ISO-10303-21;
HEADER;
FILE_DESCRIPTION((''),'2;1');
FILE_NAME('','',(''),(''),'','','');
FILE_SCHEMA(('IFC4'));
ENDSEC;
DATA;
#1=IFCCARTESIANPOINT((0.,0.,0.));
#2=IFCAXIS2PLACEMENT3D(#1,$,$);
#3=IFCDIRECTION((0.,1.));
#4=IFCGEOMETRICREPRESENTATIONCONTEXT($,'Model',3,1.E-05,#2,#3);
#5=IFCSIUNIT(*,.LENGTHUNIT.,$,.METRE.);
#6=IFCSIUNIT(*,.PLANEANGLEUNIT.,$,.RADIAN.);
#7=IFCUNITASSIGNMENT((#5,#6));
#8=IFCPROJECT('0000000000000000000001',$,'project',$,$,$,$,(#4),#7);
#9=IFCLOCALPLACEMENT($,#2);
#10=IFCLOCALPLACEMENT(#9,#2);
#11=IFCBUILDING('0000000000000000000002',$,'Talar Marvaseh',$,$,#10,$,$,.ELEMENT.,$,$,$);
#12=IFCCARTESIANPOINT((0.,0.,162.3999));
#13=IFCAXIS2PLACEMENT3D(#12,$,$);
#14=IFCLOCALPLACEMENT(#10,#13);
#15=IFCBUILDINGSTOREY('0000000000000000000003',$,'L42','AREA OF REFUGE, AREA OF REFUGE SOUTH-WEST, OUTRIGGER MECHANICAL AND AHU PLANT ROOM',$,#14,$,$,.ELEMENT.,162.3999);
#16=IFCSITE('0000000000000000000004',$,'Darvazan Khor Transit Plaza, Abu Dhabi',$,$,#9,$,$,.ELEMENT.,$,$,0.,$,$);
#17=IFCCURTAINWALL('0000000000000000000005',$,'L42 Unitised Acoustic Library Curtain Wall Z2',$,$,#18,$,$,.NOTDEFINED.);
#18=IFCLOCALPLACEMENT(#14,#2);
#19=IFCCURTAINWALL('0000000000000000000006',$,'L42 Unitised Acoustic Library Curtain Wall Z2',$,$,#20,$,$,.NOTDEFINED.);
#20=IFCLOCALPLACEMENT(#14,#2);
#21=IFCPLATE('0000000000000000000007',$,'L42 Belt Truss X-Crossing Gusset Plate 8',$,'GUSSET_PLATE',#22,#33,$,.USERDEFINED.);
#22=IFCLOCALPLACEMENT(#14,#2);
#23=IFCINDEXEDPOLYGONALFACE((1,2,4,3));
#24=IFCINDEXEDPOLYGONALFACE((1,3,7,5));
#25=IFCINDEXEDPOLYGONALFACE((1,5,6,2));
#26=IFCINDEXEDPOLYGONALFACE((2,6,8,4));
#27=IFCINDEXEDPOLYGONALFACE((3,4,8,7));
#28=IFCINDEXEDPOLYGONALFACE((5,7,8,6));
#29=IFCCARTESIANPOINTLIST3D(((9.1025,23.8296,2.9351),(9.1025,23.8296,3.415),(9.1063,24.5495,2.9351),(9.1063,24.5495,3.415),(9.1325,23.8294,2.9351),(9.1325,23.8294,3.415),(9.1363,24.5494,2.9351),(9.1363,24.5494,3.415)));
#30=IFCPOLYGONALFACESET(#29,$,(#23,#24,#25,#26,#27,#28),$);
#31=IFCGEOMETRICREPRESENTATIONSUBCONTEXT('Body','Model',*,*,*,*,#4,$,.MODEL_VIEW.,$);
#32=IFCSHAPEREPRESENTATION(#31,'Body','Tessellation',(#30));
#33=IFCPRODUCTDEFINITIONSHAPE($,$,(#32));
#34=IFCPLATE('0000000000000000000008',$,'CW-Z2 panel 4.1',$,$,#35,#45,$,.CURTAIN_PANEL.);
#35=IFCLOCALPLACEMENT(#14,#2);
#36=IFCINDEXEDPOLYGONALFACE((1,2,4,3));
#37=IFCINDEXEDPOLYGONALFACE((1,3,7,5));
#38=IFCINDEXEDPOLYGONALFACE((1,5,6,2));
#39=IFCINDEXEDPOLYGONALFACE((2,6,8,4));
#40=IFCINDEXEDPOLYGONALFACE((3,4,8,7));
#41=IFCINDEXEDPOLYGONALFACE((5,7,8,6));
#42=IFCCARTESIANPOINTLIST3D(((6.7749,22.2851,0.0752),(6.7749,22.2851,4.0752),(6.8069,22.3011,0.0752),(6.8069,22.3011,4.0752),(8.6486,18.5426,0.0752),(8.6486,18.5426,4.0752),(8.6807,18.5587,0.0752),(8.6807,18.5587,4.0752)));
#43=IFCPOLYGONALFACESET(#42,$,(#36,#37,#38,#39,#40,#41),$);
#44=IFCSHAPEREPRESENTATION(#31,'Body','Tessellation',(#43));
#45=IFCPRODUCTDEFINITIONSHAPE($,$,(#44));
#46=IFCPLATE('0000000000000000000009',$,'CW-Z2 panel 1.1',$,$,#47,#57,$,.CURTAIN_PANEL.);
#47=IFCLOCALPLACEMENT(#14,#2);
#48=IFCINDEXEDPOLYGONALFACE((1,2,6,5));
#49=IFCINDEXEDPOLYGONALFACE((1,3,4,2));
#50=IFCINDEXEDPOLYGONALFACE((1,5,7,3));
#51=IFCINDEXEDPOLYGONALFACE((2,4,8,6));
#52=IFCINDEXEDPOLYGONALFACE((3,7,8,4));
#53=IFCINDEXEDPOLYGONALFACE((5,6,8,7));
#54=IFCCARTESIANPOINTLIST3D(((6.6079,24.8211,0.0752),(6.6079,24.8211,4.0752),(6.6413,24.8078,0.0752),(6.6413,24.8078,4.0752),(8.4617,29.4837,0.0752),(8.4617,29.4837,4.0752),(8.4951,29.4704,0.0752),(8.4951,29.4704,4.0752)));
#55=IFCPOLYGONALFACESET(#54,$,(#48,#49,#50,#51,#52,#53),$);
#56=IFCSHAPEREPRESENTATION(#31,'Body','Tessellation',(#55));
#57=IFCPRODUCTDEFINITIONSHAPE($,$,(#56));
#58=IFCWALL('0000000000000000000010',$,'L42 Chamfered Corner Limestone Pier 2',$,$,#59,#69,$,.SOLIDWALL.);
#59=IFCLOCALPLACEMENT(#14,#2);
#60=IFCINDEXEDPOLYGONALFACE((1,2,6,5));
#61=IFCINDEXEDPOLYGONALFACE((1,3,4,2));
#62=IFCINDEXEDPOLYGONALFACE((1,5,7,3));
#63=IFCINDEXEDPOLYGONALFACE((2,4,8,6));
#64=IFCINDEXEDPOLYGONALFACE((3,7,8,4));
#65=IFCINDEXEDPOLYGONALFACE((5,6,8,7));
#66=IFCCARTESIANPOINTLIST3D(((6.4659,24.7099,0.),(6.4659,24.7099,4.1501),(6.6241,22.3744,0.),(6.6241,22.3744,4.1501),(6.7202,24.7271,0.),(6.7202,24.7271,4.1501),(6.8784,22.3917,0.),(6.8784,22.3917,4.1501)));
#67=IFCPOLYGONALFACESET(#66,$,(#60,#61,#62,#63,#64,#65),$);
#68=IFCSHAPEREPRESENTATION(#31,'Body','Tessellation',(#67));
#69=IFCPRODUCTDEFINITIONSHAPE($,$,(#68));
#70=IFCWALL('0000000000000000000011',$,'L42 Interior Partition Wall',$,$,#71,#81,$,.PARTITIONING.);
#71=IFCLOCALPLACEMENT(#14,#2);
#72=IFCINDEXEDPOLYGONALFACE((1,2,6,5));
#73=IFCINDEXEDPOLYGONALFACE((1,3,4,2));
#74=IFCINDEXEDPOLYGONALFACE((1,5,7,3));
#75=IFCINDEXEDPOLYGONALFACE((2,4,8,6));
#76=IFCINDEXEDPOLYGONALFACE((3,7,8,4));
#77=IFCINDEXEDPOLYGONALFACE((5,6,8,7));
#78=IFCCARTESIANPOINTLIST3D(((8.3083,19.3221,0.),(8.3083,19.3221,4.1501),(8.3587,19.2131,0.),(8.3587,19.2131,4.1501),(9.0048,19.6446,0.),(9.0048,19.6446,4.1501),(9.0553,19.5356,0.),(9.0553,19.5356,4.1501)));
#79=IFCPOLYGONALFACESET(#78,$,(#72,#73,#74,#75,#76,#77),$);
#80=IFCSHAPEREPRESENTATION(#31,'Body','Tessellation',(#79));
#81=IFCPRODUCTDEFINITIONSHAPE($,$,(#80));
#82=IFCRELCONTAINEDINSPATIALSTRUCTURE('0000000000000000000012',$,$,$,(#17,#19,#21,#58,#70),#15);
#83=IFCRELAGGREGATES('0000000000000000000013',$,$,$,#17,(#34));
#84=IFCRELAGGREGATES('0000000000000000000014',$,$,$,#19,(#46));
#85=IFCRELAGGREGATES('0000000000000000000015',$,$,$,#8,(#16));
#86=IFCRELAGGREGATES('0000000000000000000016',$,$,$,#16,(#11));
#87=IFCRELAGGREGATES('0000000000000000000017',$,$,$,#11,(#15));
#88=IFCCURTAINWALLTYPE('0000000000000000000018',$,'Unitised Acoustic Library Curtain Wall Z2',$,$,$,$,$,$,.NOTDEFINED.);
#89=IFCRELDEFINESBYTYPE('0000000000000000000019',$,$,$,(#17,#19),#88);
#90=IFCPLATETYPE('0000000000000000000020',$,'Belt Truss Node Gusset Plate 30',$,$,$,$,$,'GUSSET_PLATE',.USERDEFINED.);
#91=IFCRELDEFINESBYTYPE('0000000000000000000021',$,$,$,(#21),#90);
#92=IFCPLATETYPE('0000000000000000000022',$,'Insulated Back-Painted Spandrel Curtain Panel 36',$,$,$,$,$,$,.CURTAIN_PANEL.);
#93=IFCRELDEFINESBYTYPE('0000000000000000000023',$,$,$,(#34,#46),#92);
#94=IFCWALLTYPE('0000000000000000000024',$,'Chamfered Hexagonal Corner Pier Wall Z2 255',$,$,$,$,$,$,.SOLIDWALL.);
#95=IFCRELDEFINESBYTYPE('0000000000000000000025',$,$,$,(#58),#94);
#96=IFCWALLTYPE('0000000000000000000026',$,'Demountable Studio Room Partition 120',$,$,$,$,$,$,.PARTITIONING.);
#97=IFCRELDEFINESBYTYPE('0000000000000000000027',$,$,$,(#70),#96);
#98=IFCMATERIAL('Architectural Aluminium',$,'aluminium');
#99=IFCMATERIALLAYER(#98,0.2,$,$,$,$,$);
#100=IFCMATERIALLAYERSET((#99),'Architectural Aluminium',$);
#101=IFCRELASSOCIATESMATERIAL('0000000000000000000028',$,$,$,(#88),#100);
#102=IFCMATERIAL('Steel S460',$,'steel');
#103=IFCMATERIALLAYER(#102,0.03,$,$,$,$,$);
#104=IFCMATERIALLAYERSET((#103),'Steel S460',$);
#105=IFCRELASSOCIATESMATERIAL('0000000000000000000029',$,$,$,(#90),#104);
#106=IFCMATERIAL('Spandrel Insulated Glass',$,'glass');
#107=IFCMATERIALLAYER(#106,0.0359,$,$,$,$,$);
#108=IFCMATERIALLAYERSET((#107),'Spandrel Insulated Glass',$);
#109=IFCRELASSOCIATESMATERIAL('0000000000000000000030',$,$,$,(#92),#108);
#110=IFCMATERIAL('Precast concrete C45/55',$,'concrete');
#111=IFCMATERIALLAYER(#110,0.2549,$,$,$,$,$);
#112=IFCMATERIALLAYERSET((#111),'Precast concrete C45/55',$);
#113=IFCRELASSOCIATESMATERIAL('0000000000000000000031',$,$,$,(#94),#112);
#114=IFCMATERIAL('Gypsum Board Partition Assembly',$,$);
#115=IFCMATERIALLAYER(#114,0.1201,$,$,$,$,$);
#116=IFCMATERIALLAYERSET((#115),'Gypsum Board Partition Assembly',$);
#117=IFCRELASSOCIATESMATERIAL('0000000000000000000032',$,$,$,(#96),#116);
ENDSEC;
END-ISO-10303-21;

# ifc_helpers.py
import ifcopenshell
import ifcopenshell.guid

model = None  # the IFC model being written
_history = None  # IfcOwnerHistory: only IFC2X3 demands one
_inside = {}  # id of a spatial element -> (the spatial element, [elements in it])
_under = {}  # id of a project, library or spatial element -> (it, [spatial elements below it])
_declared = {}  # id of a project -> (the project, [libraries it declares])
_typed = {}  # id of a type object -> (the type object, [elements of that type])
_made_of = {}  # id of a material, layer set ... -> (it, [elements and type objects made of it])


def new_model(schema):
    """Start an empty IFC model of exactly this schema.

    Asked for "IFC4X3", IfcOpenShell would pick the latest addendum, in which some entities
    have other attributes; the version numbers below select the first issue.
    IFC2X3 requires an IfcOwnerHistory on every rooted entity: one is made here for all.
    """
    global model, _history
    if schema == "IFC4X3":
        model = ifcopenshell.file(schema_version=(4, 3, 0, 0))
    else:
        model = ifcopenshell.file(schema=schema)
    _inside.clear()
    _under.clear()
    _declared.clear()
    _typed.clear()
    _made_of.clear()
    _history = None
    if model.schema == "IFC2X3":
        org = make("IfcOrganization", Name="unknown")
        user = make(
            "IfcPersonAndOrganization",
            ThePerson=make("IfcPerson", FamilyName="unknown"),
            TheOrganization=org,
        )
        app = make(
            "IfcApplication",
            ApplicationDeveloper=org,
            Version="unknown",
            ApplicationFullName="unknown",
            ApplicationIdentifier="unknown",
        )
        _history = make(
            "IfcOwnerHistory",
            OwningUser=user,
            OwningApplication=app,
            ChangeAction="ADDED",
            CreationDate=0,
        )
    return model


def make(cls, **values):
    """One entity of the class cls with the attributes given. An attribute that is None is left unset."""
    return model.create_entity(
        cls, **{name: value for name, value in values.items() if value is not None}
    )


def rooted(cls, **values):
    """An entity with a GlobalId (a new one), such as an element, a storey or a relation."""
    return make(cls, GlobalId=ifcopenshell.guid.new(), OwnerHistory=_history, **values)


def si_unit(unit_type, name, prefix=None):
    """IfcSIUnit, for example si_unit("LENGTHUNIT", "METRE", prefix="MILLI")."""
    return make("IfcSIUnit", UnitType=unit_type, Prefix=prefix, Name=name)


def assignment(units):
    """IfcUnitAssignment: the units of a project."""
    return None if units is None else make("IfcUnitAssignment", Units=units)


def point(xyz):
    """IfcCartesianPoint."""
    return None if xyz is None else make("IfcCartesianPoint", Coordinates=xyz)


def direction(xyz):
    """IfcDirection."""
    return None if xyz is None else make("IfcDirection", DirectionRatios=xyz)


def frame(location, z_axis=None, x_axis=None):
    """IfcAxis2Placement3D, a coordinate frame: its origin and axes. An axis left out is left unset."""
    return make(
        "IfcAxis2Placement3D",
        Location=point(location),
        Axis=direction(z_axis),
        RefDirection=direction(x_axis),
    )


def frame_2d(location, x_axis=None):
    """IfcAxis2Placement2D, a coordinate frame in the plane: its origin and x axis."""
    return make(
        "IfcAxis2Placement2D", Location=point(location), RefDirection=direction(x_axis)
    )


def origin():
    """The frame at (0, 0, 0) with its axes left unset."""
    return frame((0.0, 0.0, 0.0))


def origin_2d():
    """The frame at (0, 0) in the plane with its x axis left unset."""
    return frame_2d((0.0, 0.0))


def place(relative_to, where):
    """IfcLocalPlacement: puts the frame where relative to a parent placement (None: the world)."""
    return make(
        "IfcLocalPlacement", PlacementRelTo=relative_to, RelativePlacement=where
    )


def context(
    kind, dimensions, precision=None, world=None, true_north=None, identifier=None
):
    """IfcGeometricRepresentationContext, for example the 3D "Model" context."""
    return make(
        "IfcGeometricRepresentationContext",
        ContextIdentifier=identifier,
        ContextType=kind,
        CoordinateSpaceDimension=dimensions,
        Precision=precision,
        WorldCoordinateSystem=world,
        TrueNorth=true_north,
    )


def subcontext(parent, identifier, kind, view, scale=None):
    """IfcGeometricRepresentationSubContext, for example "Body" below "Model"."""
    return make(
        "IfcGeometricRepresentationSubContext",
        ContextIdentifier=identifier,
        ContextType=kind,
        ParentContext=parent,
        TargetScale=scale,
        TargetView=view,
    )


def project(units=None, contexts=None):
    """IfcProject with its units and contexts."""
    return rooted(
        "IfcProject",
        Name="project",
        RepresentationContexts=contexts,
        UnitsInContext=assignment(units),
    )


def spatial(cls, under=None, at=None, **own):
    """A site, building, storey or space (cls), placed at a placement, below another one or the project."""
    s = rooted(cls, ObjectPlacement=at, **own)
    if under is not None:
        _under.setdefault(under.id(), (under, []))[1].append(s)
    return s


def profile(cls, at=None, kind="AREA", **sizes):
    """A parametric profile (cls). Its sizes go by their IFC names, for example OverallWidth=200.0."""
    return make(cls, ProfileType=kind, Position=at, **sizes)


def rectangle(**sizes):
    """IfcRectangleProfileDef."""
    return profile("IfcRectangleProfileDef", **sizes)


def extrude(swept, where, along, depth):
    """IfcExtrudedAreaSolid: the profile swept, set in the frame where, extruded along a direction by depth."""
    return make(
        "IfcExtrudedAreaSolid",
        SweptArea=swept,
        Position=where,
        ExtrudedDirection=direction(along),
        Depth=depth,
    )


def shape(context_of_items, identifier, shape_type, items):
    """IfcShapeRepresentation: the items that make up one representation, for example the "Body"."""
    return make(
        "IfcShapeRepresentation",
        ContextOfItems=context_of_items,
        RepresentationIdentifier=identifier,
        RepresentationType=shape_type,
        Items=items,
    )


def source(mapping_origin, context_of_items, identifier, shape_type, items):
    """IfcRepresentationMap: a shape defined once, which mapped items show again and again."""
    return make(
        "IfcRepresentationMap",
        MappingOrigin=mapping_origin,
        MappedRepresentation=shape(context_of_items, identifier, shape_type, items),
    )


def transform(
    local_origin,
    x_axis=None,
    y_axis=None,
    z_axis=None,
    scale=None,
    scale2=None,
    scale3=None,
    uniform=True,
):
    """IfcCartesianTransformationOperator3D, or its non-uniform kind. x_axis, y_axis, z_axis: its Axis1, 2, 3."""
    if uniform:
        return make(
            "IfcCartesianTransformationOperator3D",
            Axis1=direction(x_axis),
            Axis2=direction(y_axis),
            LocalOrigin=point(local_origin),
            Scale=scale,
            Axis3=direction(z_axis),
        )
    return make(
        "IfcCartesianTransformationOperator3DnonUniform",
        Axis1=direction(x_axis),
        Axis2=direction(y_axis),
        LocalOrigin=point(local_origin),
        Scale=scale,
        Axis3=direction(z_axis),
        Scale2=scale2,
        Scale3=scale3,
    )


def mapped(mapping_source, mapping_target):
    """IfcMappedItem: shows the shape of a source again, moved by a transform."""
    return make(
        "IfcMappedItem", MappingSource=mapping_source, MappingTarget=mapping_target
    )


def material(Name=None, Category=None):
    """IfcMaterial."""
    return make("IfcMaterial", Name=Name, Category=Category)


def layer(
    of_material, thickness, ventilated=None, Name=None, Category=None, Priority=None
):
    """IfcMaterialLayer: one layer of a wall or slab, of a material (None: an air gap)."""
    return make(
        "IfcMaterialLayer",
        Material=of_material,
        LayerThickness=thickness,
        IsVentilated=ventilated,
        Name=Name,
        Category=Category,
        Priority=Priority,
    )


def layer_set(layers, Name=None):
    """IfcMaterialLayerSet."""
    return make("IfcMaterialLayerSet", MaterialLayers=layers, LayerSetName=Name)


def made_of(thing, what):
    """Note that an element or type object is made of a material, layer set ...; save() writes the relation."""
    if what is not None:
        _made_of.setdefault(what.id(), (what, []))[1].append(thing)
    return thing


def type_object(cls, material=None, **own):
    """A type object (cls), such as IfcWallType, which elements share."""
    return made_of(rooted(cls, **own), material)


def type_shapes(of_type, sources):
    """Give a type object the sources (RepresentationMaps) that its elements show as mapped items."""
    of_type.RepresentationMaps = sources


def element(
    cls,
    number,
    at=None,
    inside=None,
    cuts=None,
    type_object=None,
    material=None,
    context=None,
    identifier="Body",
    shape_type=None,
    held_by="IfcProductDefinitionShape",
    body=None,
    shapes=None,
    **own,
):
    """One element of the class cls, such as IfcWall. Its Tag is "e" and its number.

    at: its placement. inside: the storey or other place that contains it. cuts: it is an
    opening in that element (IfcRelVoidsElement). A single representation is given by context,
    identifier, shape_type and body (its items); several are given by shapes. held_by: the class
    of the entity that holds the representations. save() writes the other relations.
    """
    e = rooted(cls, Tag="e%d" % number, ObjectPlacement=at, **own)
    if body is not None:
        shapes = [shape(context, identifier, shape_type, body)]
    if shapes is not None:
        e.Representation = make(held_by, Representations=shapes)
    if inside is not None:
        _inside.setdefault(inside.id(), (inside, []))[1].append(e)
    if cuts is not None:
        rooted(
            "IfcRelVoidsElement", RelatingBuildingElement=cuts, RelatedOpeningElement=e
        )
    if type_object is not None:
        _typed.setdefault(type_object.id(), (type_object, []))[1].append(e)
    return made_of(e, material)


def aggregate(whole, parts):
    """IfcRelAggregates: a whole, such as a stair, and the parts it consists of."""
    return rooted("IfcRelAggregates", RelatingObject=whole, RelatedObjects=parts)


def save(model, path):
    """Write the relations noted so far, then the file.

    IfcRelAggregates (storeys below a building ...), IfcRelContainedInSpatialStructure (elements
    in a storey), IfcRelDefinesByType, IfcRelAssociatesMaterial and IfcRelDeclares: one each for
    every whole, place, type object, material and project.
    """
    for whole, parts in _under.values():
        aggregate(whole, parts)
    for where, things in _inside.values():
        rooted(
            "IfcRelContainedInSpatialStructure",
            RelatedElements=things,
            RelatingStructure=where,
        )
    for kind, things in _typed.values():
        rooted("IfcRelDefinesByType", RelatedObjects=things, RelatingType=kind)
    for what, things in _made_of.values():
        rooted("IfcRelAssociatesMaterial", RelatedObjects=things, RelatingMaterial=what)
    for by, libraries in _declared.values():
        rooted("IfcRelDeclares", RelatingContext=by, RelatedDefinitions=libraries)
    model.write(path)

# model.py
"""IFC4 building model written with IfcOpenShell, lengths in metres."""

from ifc_helpers import new_model, si_unit, direction, frame, frame_2d, origin, origin_2d, place, context, subcontext, project, spatial, rectangle, extrude, source, transform, mapped, material, layer, layer_set, type_object, type_shapes, element, aggregate, save


model = new_model("IFC4")

# Units and contexts
model_context = context("Model", 3, precision=1e-05, world=origin(), true_north=direction((0.0, 1.0)))
body_context = subcontext(model_context, "Body", "Model", "MODEL_VIEW")
ifc_project = project(units=[si_unit("LENGTHUNIT", "METRE"), si_unit("PLANEANGLEUNIT", "RADIAN")], contexts=[model_context])

# Site, building, storey
site_placement = place(None, origin())
site = spatial("IfcSite", under=ifc_project, at=site_placement, Name="Darvazan Khor Transit Plaza, Abu Dhabi", CompositionType="ELEMENT", RefElevation=0.0)
building_placement = place(site_placement, origin())
building = spatial("IfcBuilding", under=site, at=building_placement, Name="Talar Marvaseh", CompositionType="ELEMENT")
storey_placement = place(building_placement, frame((0.0, 0.0, 162.3999)))
storey = spatial("IfcBuildingStorey", under=building, at=storey_placement, Name="L42", Description="AREA OF REFUGE, AREA OF REFUGE SOUTH-WEST, OUTRIGGER MECHANICAL AND AHU PLANT ROOM", CompositionType="ELEMENT", Elevation=162.3999)

# Shared definitions
ifc_material_1 = material(Name="Steel S460", Category="steel")

# Curtain wall
ifc_material_2 = material(Name="Architectural Aluminium", Category="aluminium")
ifc_layer_1 = layer(ifc_material_2, 0.2)
ifc_layer_set_1 = layer_set([ifc_layer_1], Name="Architectural Aluminium")
curtain_wall_type = type_object("IfcCurtainWallType", Name="Unitised Acoustic Library Curtain Wall Z2", PredefinedType="NOTDEFINED", material=ifc_layer_set_1)
curtain_wall_1_placement = place(storey_placement, origin())
curtain_wall_1 = element("IfcCurtainWall", 1, at=curtain_wall_1_placement, inside=storey, type_object=curtain_wall_type, Name="L42 Unitised Acoustic Library Curtain Wall Z2", PredefinedType="NOTDEFINED")

# Curtain wall
curtain_wall_2_placement = place(storey_placement, origin())
curtain_wall_2 = element("IfcCurtainWall", 2, at=curtain_wall_2_placement, inside=storey, type_object=curtain_wall_type, Name="L42 Unitised Acoustic Library Curtain Wall Z2", PredefinedType="NOTDEFINED")

# Plate
ifc_layer_2 = layer(ifc_material_1, 0.03)
ifc_layer_set_2 = layer_set([ifc_layer_2], Name="Steel S460")
plate_type_1 = type_object("IfcPlateType", Name="Belt Truss Node Gusset Plate 30", ElementType="GUSSET_PLATE", PredefinedType="USERDEFINED", material=ifc_layer_set_2)
shared_shape_1 = source(origin(), body_context, "Body", "SweptSolid", [
    extrude(rectangle(XDim=0.72, YDim=0.03, at=origin_2d()), origin(), (0.0, 0.0, 1.0), 0.48),
])
type_shapes(plate_type_1, [shared_shape_1])
plate_1_placement = place(storey_placement, frame((9.1194, 24.1895, 2.9351), z_axis=(0.0, 0.0, 1.0), x_axis=(0.005236, 0.999986, 0.0)))
element("IfcPlate", 3, at=plate_1_placement, inside=storey, type_object=plate_type_1, Name="L42 Belt Truss X-Crossing Gusset Plate 8", ObjectType="GUSSET_PLATE", PredefinedType="USERDEFINED", context=body_context, shape_type="MappedRepresentation", body=[
    mapped(shared_shape_1, transform((0.0, 0.0, 0.0), x_axis=(1.0, 0.0, 0.0), y_axis=(0.0, 1.0, 0.0), z_axis=(0.0, 0.0, 1.0), scale=1.0)),
])

# Plates
ifc_material_3 = material(Name="Spandrel Insulated Glass", Category="glass")
ifc_layer_3 = layer(ifc_material_3, 0.0359)
ifc_layer_set_3 = layer_set([ifc_layer_3], Name="Spandrel Insulated Glass")
plate_type_2 = type_object("IfcPlateType", Name="Insulated Back-Painted Spandrel Curtain Panel 36", PredefinedType="CURTAIN_PANEL", material=ifc_layer_set_3)
shared_shape_2 = source(origin(), body_context, "Body", "SweptSolid", [
    extrude(rectangle(XDim=4.1853, YDim=0.0359, at=origin_2d()), origin(), (0.0, 0.0, 1.0), 4.0),
])
plate_2_placement = place(storey_placement, frame((7.7278, 20.4219, 0.0752), z_axis=(0.0, 0.0, 1.0), x_axis=(-0.447702, 0.894183, 0.0)))
plate_2 = element("IfcPlate", 4, at=plate_2_placement, type_object=plate_type_2, Name="CW-Z2 panel 4.1", PredefinedType="CURTAIN_PANEL", context=body_context, shape_type="MappedRepresentation", body=[
    mapped(shared_shape_2, transform((0.0, 0.0, 0.0), x_axis=(1.0, 0.0, 0.0), y_axis=(0.0, 1.0, 0.0), z_axis=(0.0, 0.0, 1.0), scale=1.0)),
])
aggregate(curtain_wall_1, [plate_2])
shared_shape_3 = source(origin(), body_context, "Body", "SweptSolid", [
    extrude(rectangle(XDim=5.0176, YDim=0.0359, at=origin_2d()), origin(), (0.0, 0.0, 1.0), 4.0),
])
type_shapes(plate_type_2, [shared_shape_2, shared_shape_3])
plate_3_placement = place(storey_placement, frame((7.5515, 27.1458, 0.0752), z_axis=(0.0, 0.0, 1.0), x_axis=(0.369458, 0.929247, 0.0)))
plate_3 = element("IfcPlate", 5, at=plate_3_placement, type_object=plate_type_2, Name="CW-Z2 panel 1.1", PredefinedType="CURTAIN_PANEL", context=body_context, shape_type="MappedRepresentation", body=[
    mapped(shared_shape_3, transform((0.0, 0.0, 0.0), x_axis=(1.0, 0.0, 0.0), y_axis=(0.0, 1.0, 0.0), z_axis=(0.0, 0.0, 1.0), scale=1.0)),
])
aggregate(curtain_wall_2, [plate_3])

# Walls
ifc_material_4 = material(Name="Precast concrete C45/55", Category="concrete")
ifc_layer_4 = layer(ifc_material_4, 0.2549)
ifc_layer_set_4 = layer_set([ifc_layer_4], Name="Precast concrete C45/55")
wall_type_1 = type_object("IfcWallType", Name="Chamfered Hexagonal Corner Pier Wall Z2 255", PredefinedType="SOLIDWALL", material=ifc_layer_set_4)
wall_1_placement = place(storey_placement, frame((6.7512, 22.3831, 0.0), z_axis=(0.0, 0.0, 1.0), x_axis=(-0.067585, 0.997714, 0.0)))
element("IfcWall", 6, at=wall_1_placement, inside=storey, type_object=wall_type_1, Name="L42 Chamfered Corner Limestone Pier 2", PredefinedType="SOLIDWALL", context=body_context, shape_type="SweptSolid", body=[
    extrude(rectangle(XDim=2.3408, YDim=0.2549, at=frame_2d((1.1704, 0.0))), origin(), (0.0, 0.0, 1.0), 4.1501),
])
ifc_material_5 = material(Name="Gypsum Board Partition Assembly")
ifc_layer_5 = layer(ifc_material_5, 0.1201)
ifc_layer_set_5 = layer_set([ifc_layer_5], Name="Gypsum Board Partition Assembly")
wall_type_2 = type_object("IfcWallType", Name="Demountable Studio Room Partition 120", PredefinedType="PARTITIONING", material=ifc_layer_set_5)
wall_2_placement = place(storey_placement, frame((9.03, 19.5901, 0.0), z_axis=(0.0, 0.0, 1.0), x_axis=(-0.907447, -0.420167, 0.0)))
element("IfcWall", 7, at=wall_2_placement, inside=storey, type_object=wall_type_2, Name="L42 Interior Partition Wall", PredefinedType="PARTITIONING", context=body_context, shape_type="SweptSolid", body=[
    extrude(rectangle(XDim=0.7676, YDim=0.1201, at=frame_2d((0.3838, 0.0))), origin(), (0.0, 0.0, 1.0), 4.1501),
])

save(model, "model.ifc")
